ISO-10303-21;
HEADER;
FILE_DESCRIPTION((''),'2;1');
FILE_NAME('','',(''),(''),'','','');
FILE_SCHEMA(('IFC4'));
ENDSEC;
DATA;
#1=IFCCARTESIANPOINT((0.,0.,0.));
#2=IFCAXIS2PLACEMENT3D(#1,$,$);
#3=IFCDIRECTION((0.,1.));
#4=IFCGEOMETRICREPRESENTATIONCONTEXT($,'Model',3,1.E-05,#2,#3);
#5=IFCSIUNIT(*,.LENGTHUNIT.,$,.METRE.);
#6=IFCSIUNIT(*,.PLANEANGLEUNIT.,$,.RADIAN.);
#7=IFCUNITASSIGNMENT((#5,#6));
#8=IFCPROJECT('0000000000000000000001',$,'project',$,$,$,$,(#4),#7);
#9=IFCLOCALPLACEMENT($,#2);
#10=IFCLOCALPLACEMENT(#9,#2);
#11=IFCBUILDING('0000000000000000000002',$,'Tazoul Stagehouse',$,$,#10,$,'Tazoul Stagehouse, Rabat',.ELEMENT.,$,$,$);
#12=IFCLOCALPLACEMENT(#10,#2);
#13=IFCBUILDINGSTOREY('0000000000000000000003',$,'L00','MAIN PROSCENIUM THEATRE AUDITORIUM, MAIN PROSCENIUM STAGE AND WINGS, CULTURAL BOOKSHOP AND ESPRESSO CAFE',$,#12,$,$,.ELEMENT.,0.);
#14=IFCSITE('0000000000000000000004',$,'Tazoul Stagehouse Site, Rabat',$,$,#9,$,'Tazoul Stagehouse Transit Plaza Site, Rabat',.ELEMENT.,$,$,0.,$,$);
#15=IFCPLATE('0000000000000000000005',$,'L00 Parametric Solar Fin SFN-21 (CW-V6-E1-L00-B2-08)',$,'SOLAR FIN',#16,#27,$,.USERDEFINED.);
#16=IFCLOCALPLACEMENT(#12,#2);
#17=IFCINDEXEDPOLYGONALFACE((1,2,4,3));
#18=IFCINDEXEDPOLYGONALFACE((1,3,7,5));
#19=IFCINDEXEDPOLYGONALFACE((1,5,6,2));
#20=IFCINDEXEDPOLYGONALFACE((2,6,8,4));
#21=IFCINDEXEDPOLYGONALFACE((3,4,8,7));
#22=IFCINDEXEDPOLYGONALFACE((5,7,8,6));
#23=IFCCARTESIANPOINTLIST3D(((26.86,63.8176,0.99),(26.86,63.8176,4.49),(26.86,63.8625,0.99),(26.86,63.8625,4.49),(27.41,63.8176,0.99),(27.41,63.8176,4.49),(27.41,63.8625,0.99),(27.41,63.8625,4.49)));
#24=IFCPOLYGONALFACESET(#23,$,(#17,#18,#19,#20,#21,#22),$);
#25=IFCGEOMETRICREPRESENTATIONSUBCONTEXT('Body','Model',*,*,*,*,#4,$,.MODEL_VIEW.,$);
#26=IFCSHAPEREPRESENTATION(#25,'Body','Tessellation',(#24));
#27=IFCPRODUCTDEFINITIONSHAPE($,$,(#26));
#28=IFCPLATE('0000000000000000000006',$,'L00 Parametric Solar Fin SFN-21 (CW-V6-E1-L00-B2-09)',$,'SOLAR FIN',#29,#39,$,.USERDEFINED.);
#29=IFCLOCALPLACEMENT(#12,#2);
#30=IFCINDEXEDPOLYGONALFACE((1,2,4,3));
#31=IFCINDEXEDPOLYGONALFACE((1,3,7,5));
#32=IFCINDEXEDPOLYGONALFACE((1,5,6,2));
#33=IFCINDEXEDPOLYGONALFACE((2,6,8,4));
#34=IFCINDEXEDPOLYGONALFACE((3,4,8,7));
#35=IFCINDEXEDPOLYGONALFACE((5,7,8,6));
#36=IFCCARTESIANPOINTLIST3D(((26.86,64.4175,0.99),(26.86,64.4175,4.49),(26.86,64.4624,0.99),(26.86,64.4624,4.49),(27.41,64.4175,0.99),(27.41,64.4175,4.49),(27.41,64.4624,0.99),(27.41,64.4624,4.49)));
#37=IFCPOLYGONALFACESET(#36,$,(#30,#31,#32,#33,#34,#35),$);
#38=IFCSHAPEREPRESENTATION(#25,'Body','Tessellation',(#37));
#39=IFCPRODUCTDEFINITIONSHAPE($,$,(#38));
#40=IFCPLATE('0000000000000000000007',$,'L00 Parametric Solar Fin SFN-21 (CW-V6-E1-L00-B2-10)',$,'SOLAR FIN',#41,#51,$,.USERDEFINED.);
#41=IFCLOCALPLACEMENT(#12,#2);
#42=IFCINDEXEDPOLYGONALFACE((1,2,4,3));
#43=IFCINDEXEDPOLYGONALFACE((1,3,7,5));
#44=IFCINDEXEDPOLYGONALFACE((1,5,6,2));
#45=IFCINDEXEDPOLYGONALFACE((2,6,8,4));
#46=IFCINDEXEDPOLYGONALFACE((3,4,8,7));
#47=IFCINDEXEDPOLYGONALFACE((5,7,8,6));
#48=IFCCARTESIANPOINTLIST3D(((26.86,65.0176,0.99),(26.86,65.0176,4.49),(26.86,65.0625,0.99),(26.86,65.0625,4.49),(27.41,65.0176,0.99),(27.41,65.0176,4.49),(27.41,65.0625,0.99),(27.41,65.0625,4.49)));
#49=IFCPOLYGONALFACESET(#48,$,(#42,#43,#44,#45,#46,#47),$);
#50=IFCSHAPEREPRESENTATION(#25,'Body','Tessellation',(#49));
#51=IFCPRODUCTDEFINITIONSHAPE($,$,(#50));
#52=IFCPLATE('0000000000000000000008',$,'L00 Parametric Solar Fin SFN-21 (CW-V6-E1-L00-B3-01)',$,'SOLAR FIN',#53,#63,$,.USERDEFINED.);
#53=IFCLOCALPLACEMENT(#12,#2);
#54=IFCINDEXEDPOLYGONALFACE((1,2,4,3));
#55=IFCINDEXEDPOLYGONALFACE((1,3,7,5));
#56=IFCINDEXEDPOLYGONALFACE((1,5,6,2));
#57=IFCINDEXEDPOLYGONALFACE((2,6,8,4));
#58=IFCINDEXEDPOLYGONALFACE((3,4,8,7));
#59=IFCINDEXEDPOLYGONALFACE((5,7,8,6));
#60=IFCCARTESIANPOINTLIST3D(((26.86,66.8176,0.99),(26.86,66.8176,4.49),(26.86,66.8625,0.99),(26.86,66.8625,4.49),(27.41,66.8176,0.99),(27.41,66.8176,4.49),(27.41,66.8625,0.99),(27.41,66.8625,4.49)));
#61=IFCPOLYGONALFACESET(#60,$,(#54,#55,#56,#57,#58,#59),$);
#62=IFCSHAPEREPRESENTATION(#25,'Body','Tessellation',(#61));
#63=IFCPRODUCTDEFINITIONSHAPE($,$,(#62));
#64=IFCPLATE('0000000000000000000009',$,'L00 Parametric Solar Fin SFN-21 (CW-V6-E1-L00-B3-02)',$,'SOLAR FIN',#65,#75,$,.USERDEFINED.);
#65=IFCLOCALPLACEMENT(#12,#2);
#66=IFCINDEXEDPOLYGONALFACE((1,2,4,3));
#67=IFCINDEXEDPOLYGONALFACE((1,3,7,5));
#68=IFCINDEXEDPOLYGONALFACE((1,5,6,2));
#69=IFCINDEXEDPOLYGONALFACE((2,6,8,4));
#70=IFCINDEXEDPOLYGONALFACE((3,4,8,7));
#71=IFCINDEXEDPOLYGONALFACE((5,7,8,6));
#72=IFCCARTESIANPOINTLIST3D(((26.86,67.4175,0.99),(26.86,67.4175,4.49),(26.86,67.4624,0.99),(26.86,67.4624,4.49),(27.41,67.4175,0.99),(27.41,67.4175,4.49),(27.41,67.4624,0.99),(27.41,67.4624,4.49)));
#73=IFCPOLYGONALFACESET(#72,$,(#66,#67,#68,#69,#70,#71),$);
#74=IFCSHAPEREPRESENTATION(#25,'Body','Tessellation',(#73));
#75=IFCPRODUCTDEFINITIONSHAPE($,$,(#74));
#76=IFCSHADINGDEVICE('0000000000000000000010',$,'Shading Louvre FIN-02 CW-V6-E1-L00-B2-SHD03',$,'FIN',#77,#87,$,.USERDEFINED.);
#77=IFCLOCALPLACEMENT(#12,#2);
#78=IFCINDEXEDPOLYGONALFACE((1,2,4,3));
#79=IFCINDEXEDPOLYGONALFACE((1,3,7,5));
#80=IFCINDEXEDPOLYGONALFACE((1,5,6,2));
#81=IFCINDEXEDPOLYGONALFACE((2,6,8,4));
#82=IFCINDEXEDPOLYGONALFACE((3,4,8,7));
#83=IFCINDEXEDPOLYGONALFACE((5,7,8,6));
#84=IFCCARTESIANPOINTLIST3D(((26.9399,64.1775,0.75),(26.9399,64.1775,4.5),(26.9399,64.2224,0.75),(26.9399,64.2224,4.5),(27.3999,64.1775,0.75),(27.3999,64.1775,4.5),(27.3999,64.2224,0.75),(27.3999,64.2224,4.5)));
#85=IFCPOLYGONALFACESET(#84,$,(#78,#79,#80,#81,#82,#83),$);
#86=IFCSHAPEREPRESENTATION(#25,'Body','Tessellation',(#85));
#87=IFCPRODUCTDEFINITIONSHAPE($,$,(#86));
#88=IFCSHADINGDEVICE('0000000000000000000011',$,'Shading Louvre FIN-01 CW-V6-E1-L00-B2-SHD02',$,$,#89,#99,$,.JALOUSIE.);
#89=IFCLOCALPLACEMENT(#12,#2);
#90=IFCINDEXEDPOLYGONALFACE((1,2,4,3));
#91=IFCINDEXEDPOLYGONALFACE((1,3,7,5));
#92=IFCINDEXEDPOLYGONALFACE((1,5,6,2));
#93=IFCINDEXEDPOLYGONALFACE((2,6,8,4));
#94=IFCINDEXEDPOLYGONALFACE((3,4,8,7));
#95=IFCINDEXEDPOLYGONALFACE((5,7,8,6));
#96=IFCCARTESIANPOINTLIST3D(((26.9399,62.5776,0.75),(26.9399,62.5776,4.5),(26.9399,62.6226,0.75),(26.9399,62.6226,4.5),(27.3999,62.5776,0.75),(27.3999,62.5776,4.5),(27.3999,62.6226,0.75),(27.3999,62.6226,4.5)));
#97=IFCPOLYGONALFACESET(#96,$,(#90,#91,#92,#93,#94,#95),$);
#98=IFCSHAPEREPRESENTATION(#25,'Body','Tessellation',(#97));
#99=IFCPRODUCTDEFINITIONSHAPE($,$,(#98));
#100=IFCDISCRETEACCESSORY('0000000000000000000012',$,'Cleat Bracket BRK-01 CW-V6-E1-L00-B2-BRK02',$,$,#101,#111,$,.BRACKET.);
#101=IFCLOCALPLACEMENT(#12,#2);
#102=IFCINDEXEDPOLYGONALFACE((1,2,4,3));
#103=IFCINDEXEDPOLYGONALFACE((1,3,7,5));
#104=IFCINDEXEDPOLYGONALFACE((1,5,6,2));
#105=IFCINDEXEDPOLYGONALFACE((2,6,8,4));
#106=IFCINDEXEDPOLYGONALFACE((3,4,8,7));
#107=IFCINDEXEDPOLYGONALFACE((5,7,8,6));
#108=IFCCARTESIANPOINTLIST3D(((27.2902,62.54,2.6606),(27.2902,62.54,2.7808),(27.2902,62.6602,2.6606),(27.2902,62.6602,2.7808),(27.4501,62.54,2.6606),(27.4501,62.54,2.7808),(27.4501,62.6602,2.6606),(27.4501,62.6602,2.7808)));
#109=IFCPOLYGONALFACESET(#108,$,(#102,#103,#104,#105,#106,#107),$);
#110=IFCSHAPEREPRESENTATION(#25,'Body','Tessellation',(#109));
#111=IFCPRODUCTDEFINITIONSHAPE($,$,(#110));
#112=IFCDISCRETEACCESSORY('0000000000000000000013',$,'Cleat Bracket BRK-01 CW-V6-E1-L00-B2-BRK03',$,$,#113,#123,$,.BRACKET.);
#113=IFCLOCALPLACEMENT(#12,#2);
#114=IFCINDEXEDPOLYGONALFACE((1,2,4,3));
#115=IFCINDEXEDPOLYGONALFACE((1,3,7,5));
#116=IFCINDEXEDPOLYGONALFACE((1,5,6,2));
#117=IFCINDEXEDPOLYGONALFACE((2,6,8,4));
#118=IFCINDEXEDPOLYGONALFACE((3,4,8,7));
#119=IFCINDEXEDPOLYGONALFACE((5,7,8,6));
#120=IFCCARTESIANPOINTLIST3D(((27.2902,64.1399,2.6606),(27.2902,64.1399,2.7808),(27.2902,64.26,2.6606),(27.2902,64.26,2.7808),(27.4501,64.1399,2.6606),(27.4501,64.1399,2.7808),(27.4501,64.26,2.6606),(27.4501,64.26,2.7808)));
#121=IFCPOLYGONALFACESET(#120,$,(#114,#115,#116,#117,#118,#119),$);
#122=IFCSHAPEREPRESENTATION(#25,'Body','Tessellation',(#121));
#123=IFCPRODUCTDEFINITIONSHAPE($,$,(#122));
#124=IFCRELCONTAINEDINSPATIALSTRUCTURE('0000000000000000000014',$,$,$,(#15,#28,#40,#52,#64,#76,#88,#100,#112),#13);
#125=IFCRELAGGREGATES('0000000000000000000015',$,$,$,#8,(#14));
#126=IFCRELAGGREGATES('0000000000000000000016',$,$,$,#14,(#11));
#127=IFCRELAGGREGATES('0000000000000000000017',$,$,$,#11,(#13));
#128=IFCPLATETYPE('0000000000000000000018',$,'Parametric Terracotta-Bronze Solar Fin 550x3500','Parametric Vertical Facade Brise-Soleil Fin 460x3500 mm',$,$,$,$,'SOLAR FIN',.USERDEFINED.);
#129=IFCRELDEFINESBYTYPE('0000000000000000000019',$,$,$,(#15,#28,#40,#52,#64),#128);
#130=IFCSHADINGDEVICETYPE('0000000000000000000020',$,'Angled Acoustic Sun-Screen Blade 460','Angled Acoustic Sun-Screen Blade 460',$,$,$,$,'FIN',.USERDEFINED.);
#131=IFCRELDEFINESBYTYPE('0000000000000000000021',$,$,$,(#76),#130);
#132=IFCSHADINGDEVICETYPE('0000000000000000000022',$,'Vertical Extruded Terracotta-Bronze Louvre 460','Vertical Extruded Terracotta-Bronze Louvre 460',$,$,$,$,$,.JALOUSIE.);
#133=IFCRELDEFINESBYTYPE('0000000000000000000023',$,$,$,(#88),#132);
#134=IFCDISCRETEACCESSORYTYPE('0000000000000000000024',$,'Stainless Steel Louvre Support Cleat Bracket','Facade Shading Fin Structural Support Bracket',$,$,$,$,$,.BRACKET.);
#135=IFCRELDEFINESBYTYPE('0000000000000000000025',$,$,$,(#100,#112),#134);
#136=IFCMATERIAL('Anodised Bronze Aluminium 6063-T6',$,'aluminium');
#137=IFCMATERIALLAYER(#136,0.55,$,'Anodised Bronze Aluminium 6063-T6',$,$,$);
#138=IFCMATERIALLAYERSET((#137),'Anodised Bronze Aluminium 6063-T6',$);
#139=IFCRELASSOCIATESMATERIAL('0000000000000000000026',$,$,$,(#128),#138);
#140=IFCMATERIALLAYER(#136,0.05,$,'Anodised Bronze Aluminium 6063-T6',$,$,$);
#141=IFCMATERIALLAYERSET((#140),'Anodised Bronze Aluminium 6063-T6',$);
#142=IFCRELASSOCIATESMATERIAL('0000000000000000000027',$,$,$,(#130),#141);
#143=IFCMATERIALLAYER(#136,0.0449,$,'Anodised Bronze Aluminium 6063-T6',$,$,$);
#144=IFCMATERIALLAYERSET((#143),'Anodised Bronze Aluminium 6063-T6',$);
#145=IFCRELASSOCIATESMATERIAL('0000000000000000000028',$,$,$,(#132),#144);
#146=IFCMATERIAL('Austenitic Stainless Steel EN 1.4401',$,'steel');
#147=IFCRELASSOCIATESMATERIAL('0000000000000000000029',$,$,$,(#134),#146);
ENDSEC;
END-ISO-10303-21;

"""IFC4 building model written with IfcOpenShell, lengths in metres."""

from ifc_helpers import new_model, si_unit, direction, frame, origin, origin_2d, place, context, subcontext, project, spatial, rectangle, extrude, material, layer, layer_set, type_object, element, save


model = new_model("IFC4")

# Units and contexts
model_context = context("Model", 3, precision=1e-05, world=origin(), true_north=direction((0.0, 1.0)))
body_context = subcontext(model_context, "Body", "Model", "MODEL_VIEW")
ifc_project = project(units=[si_unit("LENGTHUNIT", "METRE"), si_unit("PLANEANGLEUNIT", "RADIAN")], contexts=[model_context])

# Site, building, storey
site_placement = place(None, origin())
site = spatial("IfcSite", under=ifc_project, at=site_placement, Name="Tazoul Stagehouse Site, Rabat", LongName="Tazoul Stagehouse Transit Plaza Site, Rabat", CompositionType="ELEMENT", RefElevation=0.0)
building_placement = place(site_placement, origin())
building = spatial("IfcBuilding", under=site, at=building_placement, Name="Tazoul Stagehouse", LongName="Tazoul Stagehouse, Rabat", CompositionType="ELEMENT")
storey_placement = place(building_placement, origin())
storey = spatial("IfcBuildingStorey", under=building, at=storey_placement, Name="L00", Description="MAIN PROSCENIUM THEATRE AUDITORIUM, MAIN PROSCENIUM STAGE AND WINGS, CULTURAL BOOKSHOP AND ESPRESSO CAFE", CompositionType="ELEMENT", Elevation=0.0)

# Shared definitions
ifc_material_1 = material(Name="Anodised Bronze Aluminium 6063-T6", Category="aluminium")

# Plates
ifc_layer_1 = layer(ifc_material_1, 0.55, Name="Anodised Bronze Aluminium 6063-T6")
ifc_layer_set_1 = layer_set([ifc_layer_1], Name="Anodised Bronze Aluminium 6063-T6")
plate_type_1 = type_object("IfcPlateType", Name="Parametric Terracotta-Bronze Solar Fin 550x3500", Description="Parametric Vertical Facade Brise-Soleil Fin 460x3500 mm", ElementType="SOLAR FIN", PredefinedType="USERDEFINED", material=ifc_layer_set_1)
for number, where, z_axis, x_axis, name in (
    (1, (27.135, 63.8401, 0.99), (0.0, 0.0, 1.0), (0.0, 1.0, 0.0), "L00 Parametric Solar Fin SFN-21 (CW-V6-E1-L00-B2-08)"),
    (2, (27.135, 64.4399, 0.99), (0.0, 0.0, 1.0), (0.0, 1.0, 0.0), "L00 Parametric Solar Fin SFN-21 (CW-V6-E1-L00-B2-09)"),
    (3, (27.135, 65.04, 0.99), (0.0, 0.0, 1.0), (0.0, 1.0, 0.0), "L00 Parametric Solar Fin SFN-21 (CW-V6-E1-L00-B2-10)"),
    (4, (27.135, 66.8401, 0.99), (0.0, 0.0, 1.0), (0.0, 1.0, 0.0), "L00 Parametric Solar Fin SFN-21 (CW-V6-E1-L00-B3-01)"),
    (5, (27.135, 67.4399, 0.99), (0.0, 0.0, 1.0), (0.0, 1.0, 0.0), "L00 Parametric Solar Fin SFN-21 (CW-V6-E1-L00-B3-02)"),
):
    element("IfcPlate", number, at=place(storey_placement, frame(where, z_axis=z_axis, x_axis=x_axis)), inside=storey, type_object=plate_type_1, Name=name, ObjectType="SOLAR FIN", PredefinedType="USERDEFINED", context=body_context, shape_type="SweptSolid", body=[
        extrude(rectangle(XDim=0.0449, YDim=0.55, at=origin_2d()), origin(), (0.0, 0.0, 1.0), 3.5),
    ])

# Shading device
ifc_layer_2 = layer(ifc_material_1, 0.05, Name="Anodised Bronze Aluminium 6063-T6")
ifc_layer_set_2 = layer_set([ifc_layer_2], Name="Anodised Bronze Aluminium 6063-T6")
shading_device_type_1 = type_object("IfcShadingDeviceType", Name="Angled Acoustic Sun-Screen Blade 460", Description="Angled Acoustic Sun-Screen Blade 460", ElementType="FIN", PredefinedType="USERDEFINED", material=ifc_layer_set_2)
shading_device_1_placement = place(storey_placement, frame((27.1699, 64.2, 0.75), z_axis=(0.0, 0.0, 1.0), x_axis=(0.0, 1.0, 0.0)))
element("IfcShadingDevice", 6, at=shading_device_1_placement, inside=storey, type_object=shading_device_type_1, Name="Shading Louvre FIN-02 CW-V6-E1-L00-B2-SHD03", ObjectType="FIN", PredefinedType="USERDEFINED", context=body_context, shape_type="SweptSolid", body=[
    extrude(rectangle(XDim=0.0449, YDim=0.46, at=origin_2d()), origin(), (0.0, 0.0, 1.0), 3.75),
])

# Shading device
ifc_layer_3 = layer(ifc_material_1, 0.0449, Name="Anodised Bronze Aluminium 6063-T6")
ifc_layer_set_3 = layer_set([ifc_layer_3], Name="Anodised Bronze Aluminium 6063-T6")
shading_device_type_2 = type_object("IfcShadingDeviceType", Name="Vertical Extruded Terracotta-Bronze Louvre 460", Description="Vertical Extruded Terracotta-Bronze Louvre 460", PredefinedType="JALOUSIE", material=ifc_layer_set_3)
shading_device_2_placement = place(storey_placement, frame((27.1699, 62.6001, 0.75), z_axis=(0.0, 0.0, 1.0), x_axis=(0.0, 1.0, 0.0)))
element("IfcShadingDevice", 7, at=shading_device_2_placement, inside=storey, type_object=shading_device_type_2, Name="Shading Louvre FIN-01 CW-V6-E1-L00-B2-SHD02", PredefinedType="JALOUSIE", context=body_context, shape_type="SweptSolid", body=[
    extrude(rectangle(XDim=0.0449, YDim=0.46, at=origin_2d()), origin(), (0.0, 0.0, 1.0), 3.75),
])

# Discrete accessories
ifc_material_2 = material(Name="Austenitic Stainless Steel EN 1.4401", Category="steel")
discrete_accessory_type = type_object("IfcDiscreteAccessoryType", Name="Stainless Steel Louvre Support Cleat Bracket", Description="Facade Shading Fin Structural Support Bracket", PredefinedType="BRACKET", material=ifc_material_2)
for number, where, z_axis, x_axis, name in (
    (8, (27.3701, 62.6001, 2.6606), (0.0, 0.0, 1.0), (0.0, 1.0, 0.0), "Cleat Bracket BRK-01 CW-V6-E1-L00-B2-BRK02"),
    (9, (27.3701, 64.2, 2.6606), (0.0, 0.0, 1.0), (0.0, 1.0, 0.0), "Cleat Bracket BRK-01 CW-V6-E1-L00-B2-BRK03"),
):
    element("IfcDiscreteAccessory", number, at=place(storey_placement, frame(where, z_axis=z_axis, x_axis=x_axis)), inside=storey, type_object=discrete_accessory_type, Name=name, PredefinedType="BRACKET", context=body_context, shape_type="SweptSolid", body=[
        extrude(rectangle(XDim=0.1201, YDim=0.1599, at=origin_2d()), origin(), (0.0, 0.0, 1.0), 0.1201),
    ])

save(model, "model.ifc")
